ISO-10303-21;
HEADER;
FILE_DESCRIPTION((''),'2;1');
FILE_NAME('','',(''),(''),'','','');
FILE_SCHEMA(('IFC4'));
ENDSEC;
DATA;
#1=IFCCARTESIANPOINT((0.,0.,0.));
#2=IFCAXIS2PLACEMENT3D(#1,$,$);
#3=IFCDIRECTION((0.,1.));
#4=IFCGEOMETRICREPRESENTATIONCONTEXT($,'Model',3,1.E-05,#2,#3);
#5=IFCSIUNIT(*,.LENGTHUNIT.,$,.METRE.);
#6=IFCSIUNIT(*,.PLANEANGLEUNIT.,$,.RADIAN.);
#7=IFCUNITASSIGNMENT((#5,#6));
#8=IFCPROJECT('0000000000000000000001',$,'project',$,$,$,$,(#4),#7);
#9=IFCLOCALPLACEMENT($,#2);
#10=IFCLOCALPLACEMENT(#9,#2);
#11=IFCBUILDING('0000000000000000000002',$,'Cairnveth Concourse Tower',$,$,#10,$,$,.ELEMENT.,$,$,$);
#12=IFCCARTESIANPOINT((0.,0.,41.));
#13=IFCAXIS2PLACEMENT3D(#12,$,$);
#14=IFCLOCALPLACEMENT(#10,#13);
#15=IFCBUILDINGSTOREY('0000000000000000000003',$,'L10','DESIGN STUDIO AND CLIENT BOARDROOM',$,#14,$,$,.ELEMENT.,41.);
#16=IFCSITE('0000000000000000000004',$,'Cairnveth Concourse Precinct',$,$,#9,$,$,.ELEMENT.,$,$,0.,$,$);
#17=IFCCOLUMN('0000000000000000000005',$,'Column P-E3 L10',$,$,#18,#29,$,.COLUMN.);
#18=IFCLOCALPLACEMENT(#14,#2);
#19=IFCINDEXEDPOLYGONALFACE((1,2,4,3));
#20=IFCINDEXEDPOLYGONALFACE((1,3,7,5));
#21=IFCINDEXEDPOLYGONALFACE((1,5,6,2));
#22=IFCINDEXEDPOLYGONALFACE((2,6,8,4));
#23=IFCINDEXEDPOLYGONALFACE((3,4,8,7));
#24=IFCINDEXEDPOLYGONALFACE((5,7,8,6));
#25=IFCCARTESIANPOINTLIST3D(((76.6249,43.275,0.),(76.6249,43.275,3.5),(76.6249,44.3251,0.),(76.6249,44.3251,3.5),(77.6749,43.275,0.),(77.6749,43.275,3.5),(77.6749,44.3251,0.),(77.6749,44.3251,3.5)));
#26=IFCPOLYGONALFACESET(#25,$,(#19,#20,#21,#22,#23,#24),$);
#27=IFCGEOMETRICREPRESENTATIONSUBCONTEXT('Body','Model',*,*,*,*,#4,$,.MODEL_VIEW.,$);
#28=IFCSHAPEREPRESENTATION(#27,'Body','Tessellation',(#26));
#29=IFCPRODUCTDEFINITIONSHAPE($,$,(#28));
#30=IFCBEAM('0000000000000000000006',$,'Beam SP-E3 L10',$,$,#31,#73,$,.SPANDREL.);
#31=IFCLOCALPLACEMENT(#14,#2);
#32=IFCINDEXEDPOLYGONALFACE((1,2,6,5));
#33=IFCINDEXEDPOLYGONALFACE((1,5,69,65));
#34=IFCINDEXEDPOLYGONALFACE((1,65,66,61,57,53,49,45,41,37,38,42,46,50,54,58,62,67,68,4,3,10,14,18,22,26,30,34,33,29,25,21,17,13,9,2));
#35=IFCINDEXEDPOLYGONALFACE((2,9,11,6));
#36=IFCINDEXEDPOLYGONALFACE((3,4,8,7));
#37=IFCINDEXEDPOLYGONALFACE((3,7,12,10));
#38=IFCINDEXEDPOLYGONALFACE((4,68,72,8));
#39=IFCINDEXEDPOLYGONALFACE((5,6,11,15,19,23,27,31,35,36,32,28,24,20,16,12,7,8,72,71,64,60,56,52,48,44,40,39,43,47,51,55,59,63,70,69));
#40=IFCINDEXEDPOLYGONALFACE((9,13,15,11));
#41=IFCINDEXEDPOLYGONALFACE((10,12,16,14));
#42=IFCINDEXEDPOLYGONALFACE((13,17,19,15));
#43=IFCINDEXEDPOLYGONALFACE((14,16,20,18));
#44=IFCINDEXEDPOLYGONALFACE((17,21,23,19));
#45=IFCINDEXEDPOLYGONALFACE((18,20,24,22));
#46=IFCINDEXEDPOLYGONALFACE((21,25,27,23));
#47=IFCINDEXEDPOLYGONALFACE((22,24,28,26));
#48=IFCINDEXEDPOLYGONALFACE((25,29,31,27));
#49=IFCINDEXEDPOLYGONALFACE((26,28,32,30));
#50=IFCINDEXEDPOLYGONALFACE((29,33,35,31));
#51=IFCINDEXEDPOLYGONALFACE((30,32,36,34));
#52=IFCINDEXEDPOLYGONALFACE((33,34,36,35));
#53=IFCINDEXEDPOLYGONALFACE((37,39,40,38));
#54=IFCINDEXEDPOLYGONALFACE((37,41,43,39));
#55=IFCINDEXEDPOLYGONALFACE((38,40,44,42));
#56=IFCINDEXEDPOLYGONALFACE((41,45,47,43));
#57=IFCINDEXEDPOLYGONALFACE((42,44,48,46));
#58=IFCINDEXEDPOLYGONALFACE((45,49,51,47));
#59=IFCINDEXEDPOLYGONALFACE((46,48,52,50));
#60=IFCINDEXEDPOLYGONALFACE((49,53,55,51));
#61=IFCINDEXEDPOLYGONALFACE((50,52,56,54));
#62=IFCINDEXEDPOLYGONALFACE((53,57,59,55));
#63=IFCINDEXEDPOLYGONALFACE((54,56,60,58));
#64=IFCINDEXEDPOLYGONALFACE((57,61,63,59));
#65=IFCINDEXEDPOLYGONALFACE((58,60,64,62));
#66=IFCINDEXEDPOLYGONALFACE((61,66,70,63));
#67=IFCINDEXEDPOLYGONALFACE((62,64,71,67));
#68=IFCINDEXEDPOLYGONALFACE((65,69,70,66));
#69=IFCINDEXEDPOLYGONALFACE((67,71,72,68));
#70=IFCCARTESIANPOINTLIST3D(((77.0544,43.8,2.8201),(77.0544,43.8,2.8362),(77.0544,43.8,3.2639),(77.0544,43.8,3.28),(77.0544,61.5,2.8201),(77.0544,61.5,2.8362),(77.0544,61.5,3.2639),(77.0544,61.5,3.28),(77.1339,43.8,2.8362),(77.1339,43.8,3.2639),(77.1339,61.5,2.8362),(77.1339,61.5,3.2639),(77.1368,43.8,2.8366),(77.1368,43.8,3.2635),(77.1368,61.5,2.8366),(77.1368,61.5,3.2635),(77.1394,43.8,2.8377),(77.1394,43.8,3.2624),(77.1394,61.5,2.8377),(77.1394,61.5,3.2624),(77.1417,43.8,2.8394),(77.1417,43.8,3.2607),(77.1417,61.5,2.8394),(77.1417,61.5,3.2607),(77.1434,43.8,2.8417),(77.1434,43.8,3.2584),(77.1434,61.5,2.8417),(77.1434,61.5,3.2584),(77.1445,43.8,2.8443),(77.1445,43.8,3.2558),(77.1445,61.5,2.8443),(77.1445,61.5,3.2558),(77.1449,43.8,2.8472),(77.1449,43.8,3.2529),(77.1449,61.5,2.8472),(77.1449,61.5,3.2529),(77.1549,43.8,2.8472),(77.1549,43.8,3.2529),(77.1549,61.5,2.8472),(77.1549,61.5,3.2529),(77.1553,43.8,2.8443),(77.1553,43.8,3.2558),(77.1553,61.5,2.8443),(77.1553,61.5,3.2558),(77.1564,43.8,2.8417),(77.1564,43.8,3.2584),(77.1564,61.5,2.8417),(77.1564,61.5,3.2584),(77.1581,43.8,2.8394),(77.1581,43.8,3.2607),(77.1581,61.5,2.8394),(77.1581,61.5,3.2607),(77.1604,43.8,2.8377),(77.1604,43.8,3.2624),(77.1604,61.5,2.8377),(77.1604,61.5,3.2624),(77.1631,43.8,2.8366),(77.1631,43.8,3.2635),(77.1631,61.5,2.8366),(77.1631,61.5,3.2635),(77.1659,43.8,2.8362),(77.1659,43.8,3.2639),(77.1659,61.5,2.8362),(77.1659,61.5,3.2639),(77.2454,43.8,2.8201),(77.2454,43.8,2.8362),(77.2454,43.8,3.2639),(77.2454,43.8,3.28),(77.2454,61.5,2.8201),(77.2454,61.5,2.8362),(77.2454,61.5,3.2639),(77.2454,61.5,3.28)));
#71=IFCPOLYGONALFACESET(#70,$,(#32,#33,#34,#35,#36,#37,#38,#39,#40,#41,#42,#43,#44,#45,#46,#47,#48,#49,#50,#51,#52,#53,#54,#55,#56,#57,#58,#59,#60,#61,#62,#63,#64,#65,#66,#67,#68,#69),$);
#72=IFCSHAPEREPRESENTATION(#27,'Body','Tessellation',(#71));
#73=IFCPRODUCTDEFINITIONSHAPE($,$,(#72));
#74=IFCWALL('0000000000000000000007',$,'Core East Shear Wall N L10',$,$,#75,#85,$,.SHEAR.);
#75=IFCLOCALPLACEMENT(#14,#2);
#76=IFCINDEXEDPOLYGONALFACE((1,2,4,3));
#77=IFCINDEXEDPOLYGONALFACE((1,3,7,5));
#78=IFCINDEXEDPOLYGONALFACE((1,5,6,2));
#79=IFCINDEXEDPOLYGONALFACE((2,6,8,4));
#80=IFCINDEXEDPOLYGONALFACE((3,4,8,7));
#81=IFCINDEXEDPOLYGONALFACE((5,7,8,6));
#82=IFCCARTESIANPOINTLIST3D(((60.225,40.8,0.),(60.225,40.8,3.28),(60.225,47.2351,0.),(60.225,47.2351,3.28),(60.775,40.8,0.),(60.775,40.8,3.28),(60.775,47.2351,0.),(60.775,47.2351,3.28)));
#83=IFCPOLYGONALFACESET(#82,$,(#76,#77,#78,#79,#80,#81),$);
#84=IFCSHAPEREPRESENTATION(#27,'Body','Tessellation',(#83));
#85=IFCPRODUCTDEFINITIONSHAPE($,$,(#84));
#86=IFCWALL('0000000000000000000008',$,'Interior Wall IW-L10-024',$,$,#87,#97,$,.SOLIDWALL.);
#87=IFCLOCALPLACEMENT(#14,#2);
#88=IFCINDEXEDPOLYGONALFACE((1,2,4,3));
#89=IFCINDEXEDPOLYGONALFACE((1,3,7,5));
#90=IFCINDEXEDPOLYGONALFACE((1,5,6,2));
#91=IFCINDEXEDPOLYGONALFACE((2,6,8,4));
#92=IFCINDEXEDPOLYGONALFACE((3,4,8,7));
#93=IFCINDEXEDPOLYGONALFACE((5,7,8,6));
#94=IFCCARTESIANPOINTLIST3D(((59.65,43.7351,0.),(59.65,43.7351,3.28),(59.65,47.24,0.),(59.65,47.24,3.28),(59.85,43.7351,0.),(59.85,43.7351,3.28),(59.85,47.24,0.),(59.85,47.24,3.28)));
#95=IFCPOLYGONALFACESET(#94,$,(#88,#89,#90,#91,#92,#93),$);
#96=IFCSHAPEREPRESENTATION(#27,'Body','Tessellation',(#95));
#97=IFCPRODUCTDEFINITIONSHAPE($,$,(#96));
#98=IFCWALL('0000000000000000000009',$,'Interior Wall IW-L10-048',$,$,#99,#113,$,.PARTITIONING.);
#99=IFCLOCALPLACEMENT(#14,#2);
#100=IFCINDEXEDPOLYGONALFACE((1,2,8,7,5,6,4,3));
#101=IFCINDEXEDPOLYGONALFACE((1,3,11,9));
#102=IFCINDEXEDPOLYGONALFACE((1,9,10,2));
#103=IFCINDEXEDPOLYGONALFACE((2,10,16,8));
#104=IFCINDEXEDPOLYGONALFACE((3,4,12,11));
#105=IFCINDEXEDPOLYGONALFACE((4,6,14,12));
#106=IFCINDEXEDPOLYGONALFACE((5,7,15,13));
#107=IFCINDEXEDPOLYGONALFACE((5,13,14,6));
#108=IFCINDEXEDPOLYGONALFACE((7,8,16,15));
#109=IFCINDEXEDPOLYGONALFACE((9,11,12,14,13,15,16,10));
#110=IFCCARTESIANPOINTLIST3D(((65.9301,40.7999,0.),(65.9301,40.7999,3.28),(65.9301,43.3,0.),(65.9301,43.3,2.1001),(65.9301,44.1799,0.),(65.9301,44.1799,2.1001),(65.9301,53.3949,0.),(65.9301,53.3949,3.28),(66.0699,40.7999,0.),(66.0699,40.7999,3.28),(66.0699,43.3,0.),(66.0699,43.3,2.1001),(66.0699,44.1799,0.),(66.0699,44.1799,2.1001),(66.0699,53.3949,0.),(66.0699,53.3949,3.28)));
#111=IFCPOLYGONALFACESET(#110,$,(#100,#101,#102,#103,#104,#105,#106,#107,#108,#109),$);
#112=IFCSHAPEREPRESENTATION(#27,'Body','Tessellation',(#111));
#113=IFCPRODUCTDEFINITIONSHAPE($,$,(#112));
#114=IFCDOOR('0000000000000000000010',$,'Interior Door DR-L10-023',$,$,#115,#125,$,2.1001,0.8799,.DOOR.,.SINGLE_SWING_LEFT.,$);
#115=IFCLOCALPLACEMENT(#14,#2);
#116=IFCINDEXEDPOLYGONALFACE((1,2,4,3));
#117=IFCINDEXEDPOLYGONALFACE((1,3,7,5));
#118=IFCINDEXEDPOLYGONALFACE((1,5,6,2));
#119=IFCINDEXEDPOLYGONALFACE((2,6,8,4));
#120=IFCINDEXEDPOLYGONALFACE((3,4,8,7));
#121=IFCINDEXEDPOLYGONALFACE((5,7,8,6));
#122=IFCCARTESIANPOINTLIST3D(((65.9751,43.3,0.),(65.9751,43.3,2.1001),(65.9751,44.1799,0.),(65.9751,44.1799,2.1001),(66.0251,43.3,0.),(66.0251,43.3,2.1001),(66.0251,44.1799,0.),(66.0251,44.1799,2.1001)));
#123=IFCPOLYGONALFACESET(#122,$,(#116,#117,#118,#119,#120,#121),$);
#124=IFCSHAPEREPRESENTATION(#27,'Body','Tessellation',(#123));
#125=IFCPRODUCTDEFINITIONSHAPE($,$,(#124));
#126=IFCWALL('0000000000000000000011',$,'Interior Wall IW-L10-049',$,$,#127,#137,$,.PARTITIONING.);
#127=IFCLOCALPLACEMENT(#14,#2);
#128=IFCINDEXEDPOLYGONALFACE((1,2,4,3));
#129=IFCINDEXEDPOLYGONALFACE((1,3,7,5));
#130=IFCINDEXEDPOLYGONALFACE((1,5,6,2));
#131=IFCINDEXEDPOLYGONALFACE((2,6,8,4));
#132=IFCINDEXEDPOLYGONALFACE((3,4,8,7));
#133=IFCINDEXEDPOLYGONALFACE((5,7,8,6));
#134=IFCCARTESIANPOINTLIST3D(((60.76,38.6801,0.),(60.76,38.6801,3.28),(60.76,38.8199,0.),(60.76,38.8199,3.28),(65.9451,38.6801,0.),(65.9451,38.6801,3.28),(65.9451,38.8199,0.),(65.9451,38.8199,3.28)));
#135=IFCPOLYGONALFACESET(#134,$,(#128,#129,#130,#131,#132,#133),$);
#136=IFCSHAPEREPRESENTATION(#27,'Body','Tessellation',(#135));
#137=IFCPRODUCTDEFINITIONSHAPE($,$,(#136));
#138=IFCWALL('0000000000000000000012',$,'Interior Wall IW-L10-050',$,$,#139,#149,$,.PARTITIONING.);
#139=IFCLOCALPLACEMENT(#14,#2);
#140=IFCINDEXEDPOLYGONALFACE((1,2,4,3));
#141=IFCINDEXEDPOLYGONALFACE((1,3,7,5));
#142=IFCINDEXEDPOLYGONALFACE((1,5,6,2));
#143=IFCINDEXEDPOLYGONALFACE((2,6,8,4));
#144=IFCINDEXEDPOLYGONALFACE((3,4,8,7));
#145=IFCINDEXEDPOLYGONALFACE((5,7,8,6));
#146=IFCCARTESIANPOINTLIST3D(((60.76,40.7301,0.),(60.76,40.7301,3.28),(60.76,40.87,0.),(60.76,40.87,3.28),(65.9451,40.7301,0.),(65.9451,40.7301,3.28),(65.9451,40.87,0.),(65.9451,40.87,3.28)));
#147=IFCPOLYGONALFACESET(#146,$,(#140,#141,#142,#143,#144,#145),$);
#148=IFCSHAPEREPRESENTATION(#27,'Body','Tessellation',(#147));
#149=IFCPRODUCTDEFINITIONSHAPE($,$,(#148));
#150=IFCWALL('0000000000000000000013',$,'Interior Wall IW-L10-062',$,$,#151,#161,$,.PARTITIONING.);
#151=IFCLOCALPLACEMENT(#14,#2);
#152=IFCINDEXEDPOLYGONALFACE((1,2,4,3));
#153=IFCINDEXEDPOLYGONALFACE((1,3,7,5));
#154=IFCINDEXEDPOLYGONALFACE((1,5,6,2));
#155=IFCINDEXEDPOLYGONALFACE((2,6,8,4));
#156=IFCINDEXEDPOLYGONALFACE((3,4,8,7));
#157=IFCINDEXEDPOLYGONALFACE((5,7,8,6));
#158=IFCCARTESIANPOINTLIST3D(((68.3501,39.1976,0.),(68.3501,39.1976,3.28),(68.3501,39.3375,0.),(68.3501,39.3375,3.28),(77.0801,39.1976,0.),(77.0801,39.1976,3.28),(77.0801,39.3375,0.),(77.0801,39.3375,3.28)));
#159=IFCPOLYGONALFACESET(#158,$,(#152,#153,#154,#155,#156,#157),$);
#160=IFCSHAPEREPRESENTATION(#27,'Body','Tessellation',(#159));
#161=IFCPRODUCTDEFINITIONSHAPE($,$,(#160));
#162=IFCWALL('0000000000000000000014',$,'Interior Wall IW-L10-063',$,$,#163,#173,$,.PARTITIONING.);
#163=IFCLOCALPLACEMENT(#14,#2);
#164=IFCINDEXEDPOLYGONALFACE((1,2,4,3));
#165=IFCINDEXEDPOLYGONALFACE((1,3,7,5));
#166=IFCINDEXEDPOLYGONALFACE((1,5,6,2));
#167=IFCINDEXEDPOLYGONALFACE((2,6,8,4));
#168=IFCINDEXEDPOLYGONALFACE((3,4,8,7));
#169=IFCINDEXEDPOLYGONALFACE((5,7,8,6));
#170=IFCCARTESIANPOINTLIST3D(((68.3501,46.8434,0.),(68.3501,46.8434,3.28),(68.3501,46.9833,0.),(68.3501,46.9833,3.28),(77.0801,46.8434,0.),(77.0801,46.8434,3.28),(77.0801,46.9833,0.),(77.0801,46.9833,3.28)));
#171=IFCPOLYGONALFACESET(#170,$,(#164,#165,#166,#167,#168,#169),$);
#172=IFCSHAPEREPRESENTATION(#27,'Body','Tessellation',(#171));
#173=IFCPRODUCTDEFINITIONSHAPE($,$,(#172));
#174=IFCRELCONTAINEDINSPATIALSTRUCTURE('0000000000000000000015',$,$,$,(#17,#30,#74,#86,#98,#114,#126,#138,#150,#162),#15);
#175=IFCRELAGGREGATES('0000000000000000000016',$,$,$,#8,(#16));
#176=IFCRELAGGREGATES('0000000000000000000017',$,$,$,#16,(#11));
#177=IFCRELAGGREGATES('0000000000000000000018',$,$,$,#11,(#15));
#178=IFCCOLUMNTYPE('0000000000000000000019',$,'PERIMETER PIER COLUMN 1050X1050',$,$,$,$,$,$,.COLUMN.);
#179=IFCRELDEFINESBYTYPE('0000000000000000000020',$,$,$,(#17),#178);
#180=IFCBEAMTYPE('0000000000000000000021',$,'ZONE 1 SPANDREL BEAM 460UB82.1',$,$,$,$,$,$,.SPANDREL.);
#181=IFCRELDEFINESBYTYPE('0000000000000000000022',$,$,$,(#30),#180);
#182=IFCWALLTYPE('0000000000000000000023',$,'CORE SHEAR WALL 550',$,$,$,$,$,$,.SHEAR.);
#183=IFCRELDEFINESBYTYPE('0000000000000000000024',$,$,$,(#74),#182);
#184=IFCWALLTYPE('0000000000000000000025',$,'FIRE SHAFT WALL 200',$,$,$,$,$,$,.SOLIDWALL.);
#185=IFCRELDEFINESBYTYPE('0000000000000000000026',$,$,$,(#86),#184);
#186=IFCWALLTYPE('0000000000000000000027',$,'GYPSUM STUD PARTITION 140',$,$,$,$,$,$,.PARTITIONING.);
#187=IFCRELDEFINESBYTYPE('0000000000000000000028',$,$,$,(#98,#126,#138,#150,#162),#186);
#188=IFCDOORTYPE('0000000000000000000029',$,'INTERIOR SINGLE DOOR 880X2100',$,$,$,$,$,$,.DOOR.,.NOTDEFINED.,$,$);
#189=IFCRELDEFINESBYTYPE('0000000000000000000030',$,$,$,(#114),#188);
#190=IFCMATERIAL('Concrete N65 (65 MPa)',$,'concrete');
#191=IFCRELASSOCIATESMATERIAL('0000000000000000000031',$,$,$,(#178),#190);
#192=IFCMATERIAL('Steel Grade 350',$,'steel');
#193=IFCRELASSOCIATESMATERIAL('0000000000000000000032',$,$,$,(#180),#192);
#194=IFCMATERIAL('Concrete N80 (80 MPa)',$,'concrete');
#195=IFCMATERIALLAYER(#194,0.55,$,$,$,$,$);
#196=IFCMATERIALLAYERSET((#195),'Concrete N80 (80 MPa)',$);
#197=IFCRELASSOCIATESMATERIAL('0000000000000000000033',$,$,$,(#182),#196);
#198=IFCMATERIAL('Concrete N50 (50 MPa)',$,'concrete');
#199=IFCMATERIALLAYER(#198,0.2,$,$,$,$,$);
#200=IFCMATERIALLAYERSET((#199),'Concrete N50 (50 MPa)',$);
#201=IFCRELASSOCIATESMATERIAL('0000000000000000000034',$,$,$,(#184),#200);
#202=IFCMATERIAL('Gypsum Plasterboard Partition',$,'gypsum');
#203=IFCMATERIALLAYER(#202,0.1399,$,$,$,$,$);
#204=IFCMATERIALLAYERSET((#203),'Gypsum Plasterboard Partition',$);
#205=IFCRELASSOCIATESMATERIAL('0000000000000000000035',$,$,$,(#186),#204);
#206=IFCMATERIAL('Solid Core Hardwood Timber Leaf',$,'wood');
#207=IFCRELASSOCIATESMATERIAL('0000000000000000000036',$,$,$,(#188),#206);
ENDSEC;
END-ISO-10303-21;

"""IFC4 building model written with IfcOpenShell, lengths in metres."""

from ifc_helpers import new_model, si_unit, direction, frame, frame_2d, origin, origin_2d, place, context, subcontext, project, spatial, rectangle, i_section, extrude, material, layer, layer_set, material_profile, profile_set, type_object, element, fill, save


model = new_model("IFC4")

# Units and contexts
model_context = context("Model", 3, precision=1e-05, world=origin(), true_north=direction((0.0, 1.0)))
body_context = subcontext(model_context, "Body", "Model", "MODEL_VIEW")
ifc_project = project(units=[si_unit("LENGTHUNIT", "METRE"), si_unit("PLANEANGLEUNIT", "RADIAN")], contexts=[model_context])

# Site, building, storey
site_placement = place(None, origin())
site = spatial("IfcSite", under=ifc_project, at=site_placement, Name="Cairnveth Concourse Precinct", CompositionType="ELEMENT", RefElevation=0.0)
building_placement = place(site_placement, origin())
building = spatial("IfcBuilding", under=site, at=building_placement, Name="Cairnveth Concourse Tower", CompositionType="ELEMENT")
storey_placement = place(building_placement, frame((0.0, 0.0, 41.0)))
storey = spatial("IfcBuildingStorey", under=building, at=storey_placement, Name="L10", Description="DESIGN STUDIO AND CLIENT BOARDROOM", CompositionType="ELEMENT", Elevation=41.0)

# Column
ifc_material_1 = material(Name="Concrete N65 (65 MPa)", Category="concrete")
ifc_material_profile_1 = material_profile(ifc_material_1, rectangle(XDim=1.05, YDim=1.05, at=origin_2d()), Name="RC-COL-1050x1050")
ifc_profile_set_1 = profile_set([ifc_material_profile_1], Name="Concrete N65 (65 MPa)")
column_type = type_object("IfcColumnType", Name="PERIMETER PIER COLUMN 1050X1050", PredefinedType="COLUMN", material=ifc_profile_set_1)
column_placement = place(storey_placement, frame((77.1499, 43.8, 0.0), z_axis=(0.0, 0.0, 1.0), x_axis=(0.0, 1.0, 0.0)))
element("IfcColumn", 1, at=column_placement, inside=storey, type_object=column_type, Name="Column P-E3 L10", PredefinedType="COLUMN", context=body_context, shape_type="SweptSolid", body=[
    extrude(rectangle(XDim=1.05, YDim=1.05, at=origin_2d()), origin(), (0.0, 0.0, 1.0), 3.5),
])

# Beam
ifc_material_2 = material(Name="Steel Grade 350", Category="steel")
ifc_material_profile_2 = material_profile(ifc_material_2, i_section(OverallWidth=0.1909, OverallDepth=0.46, WebThickness=0.01, FlangeThickness=0.0161, FilletRadius=0.011, at=origin_2d()), Name="460UB82.1")
ifc_profile_set_2 = profile_set([ifc_material_profile_2], Name="Steel Grade 350")
beam_type = type_object("IfcBeamType", Name="ZONE 1 SPANDREL BEAM 460UB82.1", PredefinedType="SPANDREL", material=ifc_profile_set_2)
beam_placement = place(storey_placement, frame((77.1499, 43.8, 3.05), z_axis=(0.0, 1.0, 0.0), x_axis=(-1.0, 0.0, 0.0)))
element("IfcBeam", 2, at=beam_placement, inside=storey, type_object=beam_type, Name="Beam SP-E3 L10", PredefinedType="SPANDREL", context=body_context, shape_type="SweptSolid", body=[
    extrude(i_section(OverallWidth=0.1909, OverallDepth=0.46, WebThickness=0.01, FlangeThickness=0.0161, FilletRadius=0.011, at=origin_2d()), origin(), (0.0, 0.0, 1.0), 17.7),
])

# Wall
ifc_material_3 = material(Name="Concrete N80 (80 MPa)", Category="concrete")
ifc_layer_1 = layer(ifc_material_3, 0.55)
ifc_layer_set_1 = layer_set([ifc_layer_1], Name="Concrete N80 (80 MPa)")
wall_type_1 = type_object("IfcWallType", Name="CORE SHEAR WALL 550", PredefinedType="SHEAR", material=ifc_layer_set_1)
wall_1_placement = place(storey_placement, frame((60.5, 40.8, 0.0), z_axis=(0.0, 0.0, 1.0), x_axis=(0.0, 1.0, 0.0)))
element("IfcWall", 3, at=wall_1_placement, inside=storey, type_object=wall_type_1, Name="Core East Shear Wall N L10", PredefinedType="SHEAR", context=body_context, shape_type="SweptSolid", body=[
    extrude(rectangle(XDim=6.4351, YDim=0.55, at=frame_2d((3.2175, 0.0))), origin(), (0.0, 0.0, 1.0), 3.28),
])

# Shared definitions
ifc_material_4 = material(Name="Concrete N50 (50 MPa)", Category="concrete")
ifc_layer_2 = layer(ifc_material_4, 0.2)
ifc_layer_set_2 = layer_set([ifc_layer_2], Name="Concrete N50 (50 MPa)")
wall_type_2 = type_object("IfcWallType", Name="FIRE SHAFT WALL 200", PredefinedType="SOLIDWALL", material=ifc_layer_set_2)

# Wall
wall_2_placement = place(storey_placement, frame((59.75, 43.7351, 0.0), z_axis=(0.0, 0.0, 1.0), x_axis=(0.0, 1.0, 0.0)))
element("IfcWall", 4, at=wall_2_placement, inside=storey, type_object=wall_type_2, Name="Interior Wall IW-L10-024", PredefinedType="SOLIDWALL", context=body_context, shape_type="SweptSolid", body=[
    extrude(rectangle(XDim=3.5049, YDim=0.2, at=frame_2d((1.7524, 0.0))), origin(), (0.0, 0.0, 1.0), 3.28),
])

# Wall, opening, door
ifc_material_5 = material(Name="Gypsum Plasterboard Partition", Category="gypsum")
ifc_layer_3 = layer(ifc_material_5, 0.1399)
ifc_layer_set_3 = layer_set([ifc_layer_3], Name="Gypsum Plasterboard Partition")
wall_type_3 = type_object("IfcWallType", Name="GYPSUM STUD PARTITION 140", PredefinedType="PARTITIONING", material=ifc_layer_set_3)
wall_3_placement = place(storey_placement, frame((66.0, 40.8, 0.0), z_axis=(0.0, 0.0, 1.0), x_axis=(0.0, 1.0, 0.0)))
wall_3 = element("IfcWall", 5, at=wall_3_placement, inside=storey, type_object=wall_type_3, Name="Interior Wall IW-L10-048", PredefinedType="PARTITIONING", context=body_context, shape_type="SweptSolid", body=[
    extrude(rectangle(XDim=12.595, YDim=0.1399, at=frame_2d((6.2974, 0.0))), origin(), (0.0, 0.0, 1.0), 3.28),
])
opening_1_placement = place(wall_3_placement, frame((2.5, 0.0, 0.0)))
opening_1 = element("IfcOpeningElement", 6, at=opening_1_placement, cuts=wall_3, PredefinedType="OPENING", context=body_context, shape_type="SweptSolid", body=[
    extrude(rectangle(XDim=0.8799, YDim=2.1001, at=frame_2d((0.4399, 1.05))), frame((0.0, 0.0798, 0.0), z_axis=(0.0, -1.0, 0.0), x_axis=(1.0, 0.0, 0.0)), (0.0, 0.0, 1.0), 0.1599),
])
ifc_material_6 = material(Name="Solid Core Hardwood Timber Leaf", Category="wood")
door_type_1 = type_object("IfcDoorType", Name="INTERIOR SINGLE DOOR 880X2100", OperationType="NOTDEFINED", PredefinedType="DOOR", material=ifc_material_6)
door_1_placement = place(opening_1_placement, origin())
door_1 = element("IfcDoor", 7, at=door_1_placement, inside=storey, type_object=door_type_1, Name="Interior Door DR-L10-023", OperationType="SINGLE_SWING_LEFT", OverallHeight=2.1001, OverallWidth=0.8799, PredefinedType="DOOR", context=body_context, shape_type="SweptSolid", body=[
    extrude(rectangle(XDim=0.8799, YDim=2.1001, at=frame_2d((0.4399, 1.05))), frame((0.0, 0.0249, 0.0), z_axis=(0.0, -1.0, 0.0), x_axis=(1.0, 0.0, 0.0)), (0.0, 0.0, 1.0), 0.05),
])
fill(opening_1, door_1)

# Walls
for number, where, z_axis, x_axis, name in (
    (8, (60.76, 38.75, 0.0), (0.0, 0.0, 1.0), (1.0, 0.0, 0.0), "Interior Wall IW-L10-049"),
    (9, (60.76, 40.8, 0.0), (0.0, 0.0, 1.0), (1.0, 0.0, 0.0), "Interior Wall IW-L10-050"),
):
    element("IfcWall", number, at=place(storey_placement, frame(where, z_axis=z_axis, x_axis=x_axis)), inside=storey, type_object=wall_type_3, Name=name, PredefinedType="PARTITIONING", context=body_context, shape_type="SweptSolid", body=[
        extrude(rectangle(XDim=5.1851, YDim=0.1399, at=frame_2d((2.5925, 0.0))), origin(), (0.0, 0.0, 1.0), 3.28),
    ])
for number, where, z_axis, x_axis, name in (
    (10, (68.3501, 39.2676, 0.0), (0.0, 0.0, 1.0), (1.0, 0.0, 0.0), "Interior Wall IW-L10-062"),
    (11, (68.3501, 46.9133, 0.0), (0.0, 0.0, 1.0), (1.0, 0.0, 0.0), "Interior Wall IW-L10-063"),
):
    element("IfcWall", number, at=place(storey_placement, frame(where, z_axis=z_axis, x_axis=x_axis)), inside=storey, type_object=wall_type_3, Name=name, PredefinedType="PARTITIONING", context=body_context, shape_type="SweptSolid", body=[
        extrude(rectangle(XDim=8.73, YDim=0.1399, at=frame_2d((4.365, 0.0))), origin(), (0.0, 0.0, 1.0), 3.28),
    ])

save(model, "model.ifc")
